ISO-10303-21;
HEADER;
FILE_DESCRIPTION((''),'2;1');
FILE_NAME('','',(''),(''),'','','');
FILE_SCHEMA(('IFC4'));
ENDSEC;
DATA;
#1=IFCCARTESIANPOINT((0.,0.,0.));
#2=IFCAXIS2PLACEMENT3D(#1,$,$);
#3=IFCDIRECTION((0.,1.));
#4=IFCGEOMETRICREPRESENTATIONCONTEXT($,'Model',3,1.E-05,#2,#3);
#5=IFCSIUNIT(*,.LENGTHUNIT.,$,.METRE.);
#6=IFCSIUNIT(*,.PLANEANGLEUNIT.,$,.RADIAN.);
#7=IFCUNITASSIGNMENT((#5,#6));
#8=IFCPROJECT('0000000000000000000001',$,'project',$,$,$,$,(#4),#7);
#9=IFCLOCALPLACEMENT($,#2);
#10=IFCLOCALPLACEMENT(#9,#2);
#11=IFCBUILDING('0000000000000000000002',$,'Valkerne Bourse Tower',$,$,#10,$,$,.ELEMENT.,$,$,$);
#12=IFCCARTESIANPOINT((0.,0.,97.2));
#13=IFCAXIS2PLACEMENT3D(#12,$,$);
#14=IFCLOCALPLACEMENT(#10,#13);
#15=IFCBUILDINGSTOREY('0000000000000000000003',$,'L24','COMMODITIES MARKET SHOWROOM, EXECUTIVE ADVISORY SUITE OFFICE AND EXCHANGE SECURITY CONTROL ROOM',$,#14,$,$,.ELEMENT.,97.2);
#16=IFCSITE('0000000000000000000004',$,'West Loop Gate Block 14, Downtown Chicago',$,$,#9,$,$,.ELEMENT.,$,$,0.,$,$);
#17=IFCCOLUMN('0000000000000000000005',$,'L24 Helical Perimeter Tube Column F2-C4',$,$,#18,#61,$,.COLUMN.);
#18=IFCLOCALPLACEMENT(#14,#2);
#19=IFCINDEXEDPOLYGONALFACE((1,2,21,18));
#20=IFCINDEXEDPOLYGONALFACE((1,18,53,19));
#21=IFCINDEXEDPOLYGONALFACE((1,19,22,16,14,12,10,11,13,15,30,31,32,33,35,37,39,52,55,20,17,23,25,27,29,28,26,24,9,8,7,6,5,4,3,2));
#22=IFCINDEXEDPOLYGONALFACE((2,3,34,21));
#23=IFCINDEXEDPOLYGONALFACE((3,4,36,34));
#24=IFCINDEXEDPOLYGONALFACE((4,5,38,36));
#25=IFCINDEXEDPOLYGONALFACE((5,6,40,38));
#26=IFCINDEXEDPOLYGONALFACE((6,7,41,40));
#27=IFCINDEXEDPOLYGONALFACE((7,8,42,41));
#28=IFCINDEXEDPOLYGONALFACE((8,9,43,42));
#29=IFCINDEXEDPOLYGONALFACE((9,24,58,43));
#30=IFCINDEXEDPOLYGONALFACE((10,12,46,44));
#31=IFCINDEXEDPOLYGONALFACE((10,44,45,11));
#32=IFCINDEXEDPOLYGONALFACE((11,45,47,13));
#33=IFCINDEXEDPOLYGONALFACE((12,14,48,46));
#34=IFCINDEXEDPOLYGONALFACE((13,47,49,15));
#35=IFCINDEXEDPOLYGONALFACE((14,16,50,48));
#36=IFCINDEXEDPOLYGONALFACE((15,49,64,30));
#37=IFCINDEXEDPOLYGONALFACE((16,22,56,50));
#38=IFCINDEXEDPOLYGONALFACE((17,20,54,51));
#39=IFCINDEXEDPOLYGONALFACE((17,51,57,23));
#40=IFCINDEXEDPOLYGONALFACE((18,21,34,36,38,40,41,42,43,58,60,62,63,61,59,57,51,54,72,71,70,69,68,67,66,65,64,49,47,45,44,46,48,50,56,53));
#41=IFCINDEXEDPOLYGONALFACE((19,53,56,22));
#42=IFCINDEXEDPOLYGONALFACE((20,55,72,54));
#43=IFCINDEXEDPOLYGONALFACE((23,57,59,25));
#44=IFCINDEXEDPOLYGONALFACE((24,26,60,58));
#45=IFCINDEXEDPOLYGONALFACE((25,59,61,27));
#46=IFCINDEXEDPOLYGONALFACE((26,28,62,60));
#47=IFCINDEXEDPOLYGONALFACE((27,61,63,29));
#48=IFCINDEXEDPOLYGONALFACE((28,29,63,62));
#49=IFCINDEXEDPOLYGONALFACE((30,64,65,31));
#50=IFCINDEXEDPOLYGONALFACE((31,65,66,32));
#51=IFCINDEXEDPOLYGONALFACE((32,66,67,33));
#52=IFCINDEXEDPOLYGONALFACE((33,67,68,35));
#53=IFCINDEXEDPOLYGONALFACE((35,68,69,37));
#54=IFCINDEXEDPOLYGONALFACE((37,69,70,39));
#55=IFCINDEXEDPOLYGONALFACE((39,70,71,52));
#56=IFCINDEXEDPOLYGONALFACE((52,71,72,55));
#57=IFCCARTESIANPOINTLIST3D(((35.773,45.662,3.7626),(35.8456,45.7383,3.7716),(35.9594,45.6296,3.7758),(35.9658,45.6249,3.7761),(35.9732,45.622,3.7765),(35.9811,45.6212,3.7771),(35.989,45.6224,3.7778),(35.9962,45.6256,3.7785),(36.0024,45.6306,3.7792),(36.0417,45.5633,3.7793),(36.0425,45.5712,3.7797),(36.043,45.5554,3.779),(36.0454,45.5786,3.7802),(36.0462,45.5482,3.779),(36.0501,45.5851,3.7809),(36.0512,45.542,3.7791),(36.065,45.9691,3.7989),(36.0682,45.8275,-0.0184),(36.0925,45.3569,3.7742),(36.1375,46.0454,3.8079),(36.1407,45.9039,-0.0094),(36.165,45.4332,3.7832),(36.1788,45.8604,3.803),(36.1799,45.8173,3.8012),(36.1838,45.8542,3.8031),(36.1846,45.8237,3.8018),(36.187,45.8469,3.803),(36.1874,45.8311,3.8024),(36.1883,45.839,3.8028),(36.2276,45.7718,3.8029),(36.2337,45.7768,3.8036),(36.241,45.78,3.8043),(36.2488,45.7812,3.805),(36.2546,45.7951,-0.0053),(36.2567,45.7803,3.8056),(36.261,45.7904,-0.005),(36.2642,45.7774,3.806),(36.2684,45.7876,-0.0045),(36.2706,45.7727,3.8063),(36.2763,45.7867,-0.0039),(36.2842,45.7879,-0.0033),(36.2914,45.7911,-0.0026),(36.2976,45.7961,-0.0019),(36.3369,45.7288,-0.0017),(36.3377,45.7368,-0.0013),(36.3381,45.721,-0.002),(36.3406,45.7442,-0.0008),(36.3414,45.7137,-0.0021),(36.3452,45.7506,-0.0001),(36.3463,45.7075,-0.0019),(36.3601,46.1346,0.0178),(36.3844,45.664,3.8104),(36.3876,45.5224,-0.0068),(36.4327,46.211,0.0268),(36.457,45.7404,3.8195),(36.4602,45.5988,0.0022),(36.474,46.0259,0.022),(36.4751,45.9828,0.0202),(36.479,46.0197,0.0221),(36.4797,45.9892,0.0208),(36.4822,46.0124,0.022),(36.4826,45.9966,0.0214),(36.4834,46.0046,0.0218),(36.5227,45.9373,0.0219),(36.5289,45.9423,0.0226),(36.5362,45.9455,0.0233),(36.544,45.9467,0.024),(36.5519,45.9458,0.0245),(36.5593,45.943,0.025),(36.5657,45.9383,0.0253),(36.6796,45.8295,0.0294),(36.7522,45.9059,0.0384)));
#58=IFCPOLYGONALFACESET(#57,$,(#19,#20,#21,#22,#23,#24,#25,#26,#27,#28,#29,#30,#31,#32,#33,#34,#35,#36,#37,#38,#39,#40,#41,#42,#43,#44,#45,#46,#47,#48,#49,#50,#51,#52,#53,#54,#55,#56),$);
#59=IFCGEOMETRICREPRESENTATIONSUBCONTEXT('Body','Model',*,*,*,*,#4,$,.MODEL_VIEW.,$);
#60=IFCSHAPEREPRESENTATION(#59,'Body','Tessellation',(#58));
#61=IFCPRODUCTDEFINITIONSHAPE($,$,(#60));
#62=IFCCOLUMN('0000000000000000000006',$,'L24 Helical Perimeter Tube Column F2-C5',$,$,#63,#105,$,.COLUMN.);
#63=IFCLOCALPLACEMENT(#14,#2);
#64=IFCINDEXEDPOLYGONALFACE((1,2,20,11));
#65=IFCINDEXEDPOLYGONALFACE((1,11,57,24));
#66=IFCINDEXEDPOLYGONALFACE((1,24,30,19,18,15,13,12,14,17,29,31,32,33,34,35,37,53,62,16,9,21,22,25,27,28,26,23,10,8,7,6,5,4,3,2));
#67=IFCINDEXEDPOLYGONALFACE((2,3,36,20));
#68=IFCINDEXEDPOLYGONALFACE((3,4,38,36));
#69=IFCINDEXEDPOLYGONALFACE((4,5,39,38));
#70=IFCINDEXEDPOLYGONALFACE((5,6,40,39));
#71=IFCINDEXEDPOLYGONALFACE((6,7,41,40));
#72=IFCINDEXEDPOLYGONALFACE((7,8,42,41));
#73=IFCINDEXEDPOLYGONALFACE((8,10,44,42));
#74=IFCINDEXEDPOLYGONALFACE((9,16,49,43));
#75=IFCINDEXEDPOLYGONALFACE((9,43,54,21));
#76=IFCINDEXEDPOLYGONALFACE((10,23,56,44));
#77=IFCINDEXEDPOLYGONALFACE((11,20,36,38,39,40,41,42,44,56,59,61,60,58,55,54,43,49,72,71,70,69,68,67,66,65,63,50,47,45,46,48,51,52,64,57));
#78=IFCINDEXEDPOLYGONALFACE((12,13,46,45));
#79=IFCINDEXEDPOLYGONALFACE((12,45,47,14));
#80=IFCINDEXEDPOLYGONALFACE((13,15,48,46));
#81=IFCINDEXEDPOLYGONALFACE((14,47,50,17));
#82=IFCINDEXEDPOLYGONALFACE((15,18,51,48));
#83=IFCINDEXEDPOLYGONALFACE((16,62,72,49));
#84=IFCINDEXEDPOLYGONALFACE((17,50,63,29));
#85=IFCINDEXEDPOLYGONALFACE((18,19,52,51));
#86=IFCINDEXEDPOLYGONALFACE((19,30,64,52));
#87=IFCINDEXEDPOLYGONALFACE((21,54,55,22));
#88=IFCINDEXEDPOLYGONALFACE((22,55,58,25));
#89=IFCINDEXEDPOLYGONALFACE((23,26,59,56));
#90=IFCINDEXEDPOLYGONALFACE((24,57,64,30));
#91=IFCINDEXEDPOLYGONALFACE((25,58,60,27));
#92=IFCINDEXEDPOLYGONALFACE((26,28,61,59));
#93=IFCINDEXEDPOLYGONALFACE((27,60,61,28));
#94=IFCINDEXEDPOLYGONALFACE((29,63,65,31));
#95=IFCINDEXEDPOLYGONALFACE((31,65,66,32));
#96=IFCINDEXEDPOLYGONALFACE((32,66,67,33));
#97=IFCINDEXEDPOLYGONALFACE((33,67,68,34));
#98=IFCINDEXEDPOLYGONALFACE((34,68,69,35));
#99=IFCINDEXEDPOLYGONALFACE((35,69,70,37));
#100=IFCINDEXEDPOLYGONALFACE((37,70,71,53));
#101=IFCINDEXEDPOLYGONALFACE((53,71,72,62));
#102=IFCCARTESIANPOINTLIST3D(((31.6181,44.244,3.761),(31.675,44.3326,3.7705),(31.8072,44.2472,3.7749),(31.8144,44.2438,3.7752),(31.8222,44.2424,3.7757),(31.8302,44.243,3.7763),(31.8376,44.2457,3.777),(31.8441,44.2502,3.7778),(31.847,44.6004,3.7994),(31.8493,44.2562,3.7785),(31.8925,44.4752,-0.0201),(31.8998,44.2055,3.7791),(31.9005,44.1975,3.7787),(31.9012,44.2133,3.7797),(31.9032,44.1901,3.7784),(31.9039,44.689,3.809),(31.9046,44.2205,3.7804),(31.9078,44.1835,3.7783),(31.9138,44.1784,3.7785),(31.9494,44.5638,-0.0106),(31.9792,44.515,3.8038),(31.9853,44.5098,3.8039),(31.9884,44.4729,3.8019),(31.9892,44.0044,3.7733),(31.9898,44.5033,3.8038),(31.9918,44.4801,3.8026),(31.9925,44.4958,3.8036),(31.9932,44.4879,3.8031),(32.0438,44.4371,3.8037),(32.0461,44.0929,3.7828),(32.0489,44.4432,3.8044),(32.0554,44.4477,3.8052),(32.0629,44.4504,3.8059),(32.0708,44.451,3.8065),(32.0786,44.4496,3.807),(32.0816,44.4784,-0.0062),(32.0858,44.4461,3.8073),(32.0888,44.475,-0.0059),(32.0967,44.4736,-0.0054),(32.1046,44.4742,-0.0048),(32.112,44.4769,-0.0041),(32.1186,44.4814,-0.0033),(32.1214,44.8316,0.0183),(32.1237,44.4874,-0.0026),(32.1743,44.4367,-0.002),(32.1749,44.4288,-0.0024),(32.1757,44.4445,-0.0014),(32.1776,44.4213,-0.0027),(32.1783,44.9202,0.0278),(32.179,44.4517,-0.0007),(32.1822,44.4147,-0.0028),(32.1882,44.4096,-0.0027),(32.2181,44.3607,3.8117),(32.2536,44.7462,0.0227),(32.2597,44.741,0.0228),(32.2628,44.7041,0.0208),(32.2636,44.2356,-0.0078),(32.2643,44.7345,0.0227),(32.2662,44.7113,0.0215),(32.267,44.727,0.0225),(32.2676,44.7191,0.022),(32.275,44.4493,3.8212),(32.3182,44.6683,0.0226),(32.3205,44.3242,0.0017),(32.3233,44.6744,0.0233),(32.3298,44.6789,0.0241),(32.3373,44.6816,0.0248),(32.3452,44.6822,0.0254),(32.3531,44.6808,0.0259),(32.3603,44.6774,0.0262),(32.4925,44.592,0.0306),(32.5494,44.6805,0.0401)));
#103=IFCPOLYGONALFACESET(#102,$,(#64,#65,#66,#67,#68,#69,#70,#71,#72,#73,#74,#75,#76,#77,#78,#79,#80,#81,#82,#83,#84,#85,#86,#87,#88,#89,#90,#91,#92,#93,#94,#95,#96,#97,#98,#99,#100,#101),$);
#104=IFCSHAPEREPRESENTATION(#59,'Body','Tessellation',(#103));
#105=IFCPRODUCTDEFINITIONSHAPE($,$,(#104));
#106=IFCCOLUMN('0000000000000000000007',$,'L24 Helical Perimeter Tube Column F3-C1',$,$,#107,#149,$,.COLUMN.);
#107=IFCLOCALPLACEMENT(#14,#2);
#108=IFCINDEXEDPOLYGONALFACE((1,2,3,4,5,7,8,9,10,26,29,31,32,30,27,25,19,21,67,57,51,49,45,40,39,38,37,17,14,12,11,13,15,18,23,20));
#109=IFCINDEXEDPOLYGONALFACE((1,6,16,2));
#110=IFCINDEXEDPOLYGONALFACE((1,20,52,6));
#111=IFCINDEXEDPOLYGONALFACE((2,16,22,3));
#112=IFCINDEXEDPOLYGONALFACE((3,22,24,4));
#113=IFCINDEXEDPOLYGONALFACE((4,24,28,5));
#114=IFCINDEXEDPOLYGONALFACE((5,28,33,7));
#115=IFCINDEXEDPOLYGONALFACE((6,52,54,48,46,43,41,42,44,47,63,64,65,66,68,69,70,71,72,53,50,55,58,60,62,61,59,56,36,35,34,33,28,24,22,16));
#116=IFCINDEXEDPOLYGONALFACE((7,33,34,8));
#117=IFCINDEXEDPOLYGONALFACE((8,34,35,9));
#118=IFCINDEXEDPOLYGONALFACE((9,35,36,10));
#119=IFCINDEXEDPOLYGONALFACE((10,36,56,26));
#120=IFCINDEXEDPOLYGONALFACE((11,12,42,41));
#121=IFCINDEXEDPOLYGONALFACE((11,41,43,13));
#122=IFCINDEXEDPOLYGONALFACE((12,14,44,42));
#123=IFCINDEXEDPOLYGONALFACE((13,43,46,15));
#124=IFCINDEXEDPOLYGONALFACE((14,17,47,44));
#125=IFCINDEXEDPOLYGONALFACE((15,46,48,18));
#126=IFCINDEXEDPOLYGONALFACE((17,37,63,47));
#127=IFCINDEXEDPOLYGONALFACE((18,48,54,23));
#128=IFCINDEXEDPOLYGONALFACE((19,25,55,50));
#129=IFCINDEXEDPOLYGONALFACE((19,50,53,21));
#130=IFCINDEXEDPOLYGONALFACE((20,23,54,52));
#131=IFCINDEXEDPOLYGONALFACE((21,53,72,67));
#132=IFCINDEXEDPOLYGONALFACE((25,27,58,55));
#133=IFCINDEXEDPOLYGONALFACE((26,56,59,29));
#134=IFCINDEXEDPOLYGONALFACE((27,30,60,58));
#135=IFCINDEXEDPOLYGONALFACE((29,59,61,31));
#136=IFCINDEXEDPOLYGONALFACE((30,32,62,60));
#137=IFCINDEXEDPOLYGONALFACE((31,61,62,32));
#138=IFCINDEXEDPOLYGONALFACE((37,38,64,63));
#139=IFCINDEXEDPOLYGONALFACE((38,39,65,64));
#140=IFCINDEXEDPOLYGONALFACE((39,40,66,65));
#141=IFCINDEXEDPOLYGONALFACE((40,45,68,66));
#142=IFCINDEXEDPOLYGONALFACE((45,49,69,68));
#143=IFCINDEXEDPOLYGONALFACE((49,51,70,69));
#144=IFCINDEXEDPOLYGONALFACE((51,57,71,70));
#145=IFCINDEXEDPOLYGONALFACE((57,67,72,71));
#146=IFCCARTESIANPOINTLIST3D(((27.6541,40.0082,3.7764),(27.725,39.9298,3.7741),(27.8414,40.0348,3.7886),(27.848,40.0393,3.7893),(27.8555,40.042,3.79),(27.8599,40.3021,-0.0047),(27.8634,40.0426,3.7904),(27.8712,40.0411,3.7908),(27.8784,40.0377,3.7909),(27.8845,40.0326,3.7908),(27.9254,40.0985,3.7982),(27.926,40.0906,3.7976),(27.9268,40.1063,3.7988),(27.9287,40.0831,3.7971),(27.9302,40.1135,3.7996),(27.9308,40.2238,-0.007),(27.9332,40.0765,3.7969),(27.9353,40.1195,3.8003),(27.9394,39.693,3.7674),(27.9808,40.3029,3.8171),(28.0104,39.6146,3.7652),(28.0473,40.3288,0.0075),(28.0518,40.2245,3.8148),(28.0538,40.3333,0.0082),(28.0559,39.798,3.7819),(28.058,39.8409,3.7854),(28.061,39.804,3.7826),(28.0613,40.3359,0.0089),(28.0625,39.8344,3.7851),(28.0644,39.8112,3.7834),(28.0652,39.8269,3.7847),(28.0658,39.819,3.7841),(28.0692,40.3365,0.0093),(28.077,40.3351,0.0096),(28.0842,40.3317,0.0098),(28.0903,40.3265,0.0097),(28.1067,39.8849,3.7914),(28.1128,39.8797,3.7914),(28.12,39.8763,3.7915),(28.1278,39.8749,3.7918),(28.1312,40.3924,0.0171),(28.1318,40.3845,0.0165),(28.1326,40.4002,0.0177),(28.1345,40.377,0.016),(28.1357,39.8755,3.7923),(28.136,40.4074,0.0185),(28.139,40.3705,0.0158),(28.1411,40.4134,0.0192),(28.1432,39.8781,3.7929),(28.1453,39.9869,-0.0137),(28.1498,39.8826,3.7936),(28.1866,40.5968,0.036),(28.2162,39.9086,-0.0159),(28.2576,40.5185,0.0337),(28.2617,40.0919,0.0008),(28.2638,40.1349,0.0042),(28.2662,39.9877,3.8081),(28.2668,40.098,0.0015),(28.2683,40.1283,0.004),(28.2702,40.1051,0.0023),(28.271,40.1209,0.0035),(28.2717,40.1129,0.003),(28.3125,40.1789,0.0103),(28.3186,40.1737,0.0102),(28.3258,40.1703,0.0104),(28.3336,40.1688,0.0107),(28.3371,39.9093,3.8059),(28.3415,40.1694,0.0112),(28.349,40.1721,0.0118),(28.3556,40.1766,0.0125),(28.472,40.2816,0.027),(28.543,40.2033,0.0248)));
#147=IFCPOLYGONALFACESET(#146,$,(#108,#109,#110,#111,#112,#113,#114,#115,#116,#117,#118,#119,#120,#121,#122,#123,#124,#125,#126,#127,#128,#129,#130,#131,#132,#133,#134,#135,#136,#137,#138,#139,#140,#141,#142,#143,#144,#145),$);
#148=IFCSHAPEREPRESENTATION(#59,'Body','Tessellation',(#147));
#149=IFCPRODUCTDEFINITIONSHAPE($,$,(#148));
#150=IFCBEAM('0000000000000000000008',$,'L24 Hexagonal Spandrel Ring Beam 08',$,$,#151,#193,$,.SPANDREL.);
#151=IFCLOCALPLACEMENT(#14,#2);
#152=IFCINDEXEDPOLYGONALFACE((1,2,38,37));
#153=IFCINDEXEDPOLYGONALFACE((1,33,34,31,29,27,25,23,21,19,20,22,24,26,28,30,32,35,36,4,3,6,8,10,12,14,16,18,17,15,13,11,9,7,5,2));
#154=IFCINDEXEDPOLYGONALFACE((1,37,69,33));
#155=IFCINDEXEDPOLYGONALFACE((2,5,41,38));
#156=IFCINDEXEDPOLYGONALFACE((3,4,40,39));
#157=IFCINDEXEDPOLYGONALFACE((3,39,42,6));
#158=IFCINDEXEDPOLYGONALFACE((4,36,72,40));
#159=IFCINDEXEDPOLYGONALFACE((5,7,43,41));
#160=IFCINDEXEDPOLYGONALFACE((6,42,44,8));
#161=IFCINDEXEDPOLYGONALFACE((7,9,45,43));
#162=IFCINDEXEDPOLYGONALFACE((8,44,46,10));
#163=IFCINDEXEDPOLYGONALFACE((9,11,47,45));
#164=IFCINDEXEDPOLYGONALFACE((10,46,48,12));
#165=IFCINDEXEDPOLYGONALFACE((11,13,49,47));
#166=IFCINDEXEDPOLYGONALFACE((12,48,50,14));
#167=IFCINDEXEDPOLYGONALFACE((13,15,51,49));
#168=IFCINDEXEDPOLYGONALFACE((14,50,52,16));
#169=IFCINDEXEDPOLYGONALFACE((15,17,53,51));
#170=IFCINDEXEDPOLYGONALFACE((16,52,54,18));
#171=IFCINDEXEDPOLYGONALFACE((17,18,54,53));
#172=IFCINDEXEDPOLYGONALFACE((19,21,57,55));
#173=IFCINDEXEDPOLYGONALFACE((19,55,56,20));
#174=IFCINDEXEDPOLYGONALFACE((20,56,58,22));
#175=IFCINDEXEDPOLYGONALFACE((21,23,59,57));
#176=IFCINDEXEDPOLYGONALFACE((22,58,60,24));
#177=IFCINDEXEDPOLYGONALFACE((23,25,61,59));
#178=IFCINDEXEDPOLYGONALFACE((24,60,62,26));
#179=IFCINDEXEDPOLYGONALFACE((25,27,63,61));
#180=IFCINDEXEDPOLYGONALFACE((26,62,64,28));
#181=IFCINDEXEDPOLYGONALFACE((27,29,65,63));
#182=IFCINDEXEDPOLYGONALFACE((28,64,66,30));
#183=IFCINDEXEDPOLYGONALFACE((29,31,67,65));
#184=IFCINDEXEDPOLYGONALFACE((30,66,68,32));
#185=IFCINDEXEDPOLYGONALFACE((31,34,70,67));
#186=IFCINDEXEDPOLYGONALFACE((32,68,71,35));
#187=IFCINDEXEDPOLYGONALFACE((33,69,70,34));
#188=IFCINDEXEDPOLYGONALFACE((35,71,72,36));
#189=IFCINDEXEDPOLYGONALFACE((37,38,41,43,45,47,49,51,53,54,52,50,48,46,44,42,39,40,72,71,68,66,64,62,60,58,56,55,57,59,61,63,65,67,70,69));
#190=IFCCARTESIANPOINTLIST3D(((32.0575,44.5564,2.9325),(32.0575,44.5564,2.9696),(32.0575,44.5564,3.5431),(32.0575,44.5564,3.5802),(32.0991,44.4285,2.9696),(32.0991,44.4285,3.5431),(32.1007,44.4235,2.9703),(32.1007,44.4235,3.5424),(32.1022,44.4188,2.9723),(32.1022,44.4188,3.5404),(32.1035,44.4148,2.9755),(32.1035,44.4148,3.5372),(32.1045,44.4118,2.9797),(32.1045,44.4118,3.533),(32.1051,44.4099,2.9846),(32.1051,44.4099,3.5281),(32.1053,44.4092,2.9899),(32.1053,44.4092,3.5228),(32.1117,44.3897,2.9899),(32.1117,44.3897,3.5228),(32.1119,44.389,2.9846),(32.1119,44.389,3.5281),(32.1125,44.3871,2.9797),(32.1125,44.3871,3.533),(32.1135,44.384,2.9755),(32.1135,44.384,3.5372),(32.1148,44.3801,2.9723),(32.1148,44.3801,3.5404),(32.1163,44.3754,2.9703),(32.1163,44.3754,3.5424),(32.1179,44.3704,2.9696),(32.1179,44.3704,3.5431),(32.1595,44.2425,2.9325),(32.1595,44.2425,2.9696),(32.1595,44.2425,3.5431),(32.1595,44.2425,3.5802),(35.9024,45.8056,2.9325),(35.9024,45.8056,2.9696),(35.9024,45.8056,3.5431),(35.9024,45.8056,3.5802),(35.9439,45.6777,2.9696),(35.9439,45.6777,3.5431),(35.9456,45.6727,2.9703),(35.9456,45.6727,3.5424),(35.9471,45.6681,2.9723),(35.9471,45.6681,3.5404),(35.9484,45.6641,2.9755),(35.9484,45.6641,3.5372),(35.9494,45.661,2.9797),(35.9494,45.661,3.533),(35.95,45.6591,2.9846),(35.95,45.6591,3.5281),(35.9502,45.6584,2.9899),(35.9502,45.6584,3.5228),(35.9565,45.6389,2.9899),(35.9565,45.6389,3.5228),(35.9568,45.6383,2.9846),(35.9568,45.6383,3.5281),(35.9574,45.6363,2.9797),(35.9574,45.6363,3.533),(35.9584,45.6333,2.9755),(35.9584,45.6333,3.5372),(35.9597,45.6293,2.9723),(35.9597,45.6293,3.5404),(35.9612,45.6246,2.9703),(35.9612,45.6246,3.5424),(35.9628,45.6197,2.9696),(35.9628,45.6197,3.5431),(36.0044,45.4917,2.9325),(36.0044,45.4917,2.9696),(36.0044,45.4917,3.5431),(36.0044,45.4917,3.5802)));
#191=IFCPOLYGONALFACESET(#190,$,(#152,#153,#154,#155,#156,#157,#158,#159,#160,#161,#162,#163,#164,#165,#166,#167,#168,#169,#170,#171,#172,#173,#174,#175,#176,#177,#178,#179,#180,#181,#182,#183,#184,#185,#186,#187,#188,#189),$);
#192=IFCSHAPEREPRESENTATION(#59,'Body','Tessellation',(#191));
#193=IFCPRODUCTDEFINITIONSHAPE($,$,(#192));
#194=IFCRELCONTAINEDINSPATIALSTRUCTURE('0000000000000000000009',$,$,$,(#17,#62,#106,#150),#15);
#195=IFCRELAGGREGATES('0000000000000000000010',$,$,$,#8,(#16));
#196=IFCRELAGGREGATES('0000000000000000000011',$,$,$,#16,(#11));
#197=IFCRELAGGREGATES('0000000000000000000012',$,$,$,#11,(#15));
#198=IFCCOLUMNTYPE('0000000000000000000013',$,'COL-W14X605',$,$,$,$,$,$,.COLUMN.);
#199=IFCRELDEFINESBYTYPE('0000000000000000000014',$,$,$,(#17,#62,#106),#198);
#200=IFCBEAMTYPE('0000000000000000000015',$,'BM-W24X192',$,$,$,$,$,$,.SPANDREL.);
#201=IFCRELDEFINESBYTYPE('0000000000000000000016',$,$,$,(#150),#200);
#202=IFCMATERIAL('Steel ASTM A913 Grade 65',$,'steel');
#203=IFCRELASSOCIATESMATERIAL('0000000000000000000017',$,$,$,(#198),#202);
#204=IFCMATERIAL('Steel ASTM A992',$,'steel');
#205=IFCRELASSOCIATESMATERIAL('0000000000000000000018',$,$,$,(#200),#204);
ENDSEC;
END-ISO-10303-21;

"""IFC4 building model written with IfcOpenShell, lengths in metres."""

from ifc_helpers import new_model, si_unit, direction, frame, origin, origin_2d, place, context, subcontext, project, spatial, i_section, extrude, material, material_profile, profile_set, type_object, element, save


model = new_model("IFC4")

# Units and contexts
model_context = context("Model", 3, precision=1e-05, world=origin(), true_north=direction((0.0, 1.0)))
body_context = subcontext(model_context, "Body", "Model", "MODEL_VIEW")
ifc_project = project(units=[si_unit("LENGTHUNIT", "METRE"), si_unit("PLANEANGLEUNIT", "RADIAN")], contexts=[model_context])

# Site, building, storey
site_placement = place(None, origin())
site = spatial("IfcSite", under=ifc_project, at=site_placement, Name="West Loop Gate Block 14, Downtown Chicago", CompositionType="ELEMENT", RefElevation=0.0)
building_placement = place(site_placement, origin())
building = spatial("IfcBuilding", under=site, at=building_placement, Name="Valkerne Bourse Tower", CompositionType="ELEMENT")
storey_placement = place(building_placement, frame((0.0, 0.0, 97.2)))
storey = spatial("IfcBuildingStorey", under=building, at=storey_placement, Name="L24", Description="COMMODITIES MARKET SHOWROOM, EXECUTIVE ADVISORY SUITE OFFICE AND EXCHANGE SECURITY CONTROL ROOM", CompositionType="ELEMENT", Elevation=97.2)

# Columns
ifc_material_1 = material(Name="Steel ASTM A913 Grade 65", Category="steel")
ifc_material_profile_1 = material_profile(ifc_material_1, i_section(OverallWidth=0.4419, OverallDepth=0.531, WebThickness=0.0659, FlangeThickness=0.1057, FilletRadius=0.0305, at=origin_2d()), Name="W14X605")
ifc_profile_set_1 = profile_set([ifc_material_profile_1], Name="Steel ASTM A913 Grade 65")
column_type = type_object("IfcColumnType", Name="COL-W14X605", PredefinedType="COLUMN", material=ifc_profile_set_1)
column_placement = place(storey_placement, frame((36.4102, 45.8667, 0.01), z_axis=(-0.077755, -0.043604, 0.996019), x_axis=(-0.722952, 0.690401, -0.026213)))
element("IfcColumn", 1, at=column_placement, inside=storey, type_object=column_type, Name="L24 Helical Perimeter Tube Column F2-C4", PredefinedType="COLUMN", context=body_context, shape_type="SweptSolid", body=[
    extrude(i_section(OverallWidth=0.4419, OverallDepth=0.531, WebThickness=0.0659, FlangeThickness=0.1057, FilletRadius=0.0305, at=origin_2d()), origin(), (0.0, 0.0, 1.0), 3.7961),
])
for number, where, z_axis, x_axis, name in (
    (2, (32.2209, 44.5779, 0.01), (-0.072252, -0.060875, 0.995527), (-0.839703, 0.542335, -0.02778), "L24 Helical Perimeter Tube Column F2-C5"),
    (3, (28.2014, 40.2527, 0.01), (-0.054189, -0.077395, 0.995527), (-0.739456, -0.666875, -0.092095), "L24 Helical Perimeter Tube Column F3-C1"),
):
    element("IfcColumn", number, at=place(storey_placement, frame(where, z_axis=z_axis, x_axis=x_axis)), inside=storey, type_object=column_type, Name=name, PredefinedType="COLUMN", context=body_context, shape_type="SweptSolid", body=[
        extrude(i_section(OverallWidth=0.4419, OverallDepth=0.531, WebThickness=0.0659, FlangeThickness=0.1057, FilletRadius=0.0305, at=origin_2d()), origin(), (0.0, 0.0, 1.0), 3.7981),
    ])

# Beam
ifc_material_2 = material(Name="Steel ASTM A992", Category="steel")
ifc_material_profile_2 = material_profile(ifc_material_2, i_section(OverallWidth=0.3301, OverallDepth=0.6477, WebThickness=0.0205, FlangeThickness=0.0371, FilletRadius=0.0203, at=origin_2d()), Name="W24X192")
ifc_profile_set_2 = profile_set([ifc_material_profile_2], Name="Steel ASTM A992")
beam_type_1 = type_object("IfcBeamType", Name="BM-W24X192", PredefinedType="SPANDREL", material=ifc_profile_set_2)
beam_1_placement = place(storey_placement, frame((35.9534, 45.6487, 3.2563), z_axis=(-0.951059, -0.309008, 0.0), x_axis=(0.309008, -0.951059, 0.0)))
element("IfcBeam", 4, at=beam_1_placement, inside=storey, type_object=beam_type_1, Name="L24 Hexagonal Spandrel Ring Beam 08", PredefinedType="SPANDREL", context=body_context, shape_type="SweptSolid", body=[
    extrude(i_section(OverallWidth=0.3301, OverallDepth=0.6477, WebThickness=0.0205, FlangeThickness=0.0371, FilletRadius=0.0203, at=origin_2d()), origin(), (0.0, 0.0, 1.0), 4.0427),
])

save(model, "model.ifc")
